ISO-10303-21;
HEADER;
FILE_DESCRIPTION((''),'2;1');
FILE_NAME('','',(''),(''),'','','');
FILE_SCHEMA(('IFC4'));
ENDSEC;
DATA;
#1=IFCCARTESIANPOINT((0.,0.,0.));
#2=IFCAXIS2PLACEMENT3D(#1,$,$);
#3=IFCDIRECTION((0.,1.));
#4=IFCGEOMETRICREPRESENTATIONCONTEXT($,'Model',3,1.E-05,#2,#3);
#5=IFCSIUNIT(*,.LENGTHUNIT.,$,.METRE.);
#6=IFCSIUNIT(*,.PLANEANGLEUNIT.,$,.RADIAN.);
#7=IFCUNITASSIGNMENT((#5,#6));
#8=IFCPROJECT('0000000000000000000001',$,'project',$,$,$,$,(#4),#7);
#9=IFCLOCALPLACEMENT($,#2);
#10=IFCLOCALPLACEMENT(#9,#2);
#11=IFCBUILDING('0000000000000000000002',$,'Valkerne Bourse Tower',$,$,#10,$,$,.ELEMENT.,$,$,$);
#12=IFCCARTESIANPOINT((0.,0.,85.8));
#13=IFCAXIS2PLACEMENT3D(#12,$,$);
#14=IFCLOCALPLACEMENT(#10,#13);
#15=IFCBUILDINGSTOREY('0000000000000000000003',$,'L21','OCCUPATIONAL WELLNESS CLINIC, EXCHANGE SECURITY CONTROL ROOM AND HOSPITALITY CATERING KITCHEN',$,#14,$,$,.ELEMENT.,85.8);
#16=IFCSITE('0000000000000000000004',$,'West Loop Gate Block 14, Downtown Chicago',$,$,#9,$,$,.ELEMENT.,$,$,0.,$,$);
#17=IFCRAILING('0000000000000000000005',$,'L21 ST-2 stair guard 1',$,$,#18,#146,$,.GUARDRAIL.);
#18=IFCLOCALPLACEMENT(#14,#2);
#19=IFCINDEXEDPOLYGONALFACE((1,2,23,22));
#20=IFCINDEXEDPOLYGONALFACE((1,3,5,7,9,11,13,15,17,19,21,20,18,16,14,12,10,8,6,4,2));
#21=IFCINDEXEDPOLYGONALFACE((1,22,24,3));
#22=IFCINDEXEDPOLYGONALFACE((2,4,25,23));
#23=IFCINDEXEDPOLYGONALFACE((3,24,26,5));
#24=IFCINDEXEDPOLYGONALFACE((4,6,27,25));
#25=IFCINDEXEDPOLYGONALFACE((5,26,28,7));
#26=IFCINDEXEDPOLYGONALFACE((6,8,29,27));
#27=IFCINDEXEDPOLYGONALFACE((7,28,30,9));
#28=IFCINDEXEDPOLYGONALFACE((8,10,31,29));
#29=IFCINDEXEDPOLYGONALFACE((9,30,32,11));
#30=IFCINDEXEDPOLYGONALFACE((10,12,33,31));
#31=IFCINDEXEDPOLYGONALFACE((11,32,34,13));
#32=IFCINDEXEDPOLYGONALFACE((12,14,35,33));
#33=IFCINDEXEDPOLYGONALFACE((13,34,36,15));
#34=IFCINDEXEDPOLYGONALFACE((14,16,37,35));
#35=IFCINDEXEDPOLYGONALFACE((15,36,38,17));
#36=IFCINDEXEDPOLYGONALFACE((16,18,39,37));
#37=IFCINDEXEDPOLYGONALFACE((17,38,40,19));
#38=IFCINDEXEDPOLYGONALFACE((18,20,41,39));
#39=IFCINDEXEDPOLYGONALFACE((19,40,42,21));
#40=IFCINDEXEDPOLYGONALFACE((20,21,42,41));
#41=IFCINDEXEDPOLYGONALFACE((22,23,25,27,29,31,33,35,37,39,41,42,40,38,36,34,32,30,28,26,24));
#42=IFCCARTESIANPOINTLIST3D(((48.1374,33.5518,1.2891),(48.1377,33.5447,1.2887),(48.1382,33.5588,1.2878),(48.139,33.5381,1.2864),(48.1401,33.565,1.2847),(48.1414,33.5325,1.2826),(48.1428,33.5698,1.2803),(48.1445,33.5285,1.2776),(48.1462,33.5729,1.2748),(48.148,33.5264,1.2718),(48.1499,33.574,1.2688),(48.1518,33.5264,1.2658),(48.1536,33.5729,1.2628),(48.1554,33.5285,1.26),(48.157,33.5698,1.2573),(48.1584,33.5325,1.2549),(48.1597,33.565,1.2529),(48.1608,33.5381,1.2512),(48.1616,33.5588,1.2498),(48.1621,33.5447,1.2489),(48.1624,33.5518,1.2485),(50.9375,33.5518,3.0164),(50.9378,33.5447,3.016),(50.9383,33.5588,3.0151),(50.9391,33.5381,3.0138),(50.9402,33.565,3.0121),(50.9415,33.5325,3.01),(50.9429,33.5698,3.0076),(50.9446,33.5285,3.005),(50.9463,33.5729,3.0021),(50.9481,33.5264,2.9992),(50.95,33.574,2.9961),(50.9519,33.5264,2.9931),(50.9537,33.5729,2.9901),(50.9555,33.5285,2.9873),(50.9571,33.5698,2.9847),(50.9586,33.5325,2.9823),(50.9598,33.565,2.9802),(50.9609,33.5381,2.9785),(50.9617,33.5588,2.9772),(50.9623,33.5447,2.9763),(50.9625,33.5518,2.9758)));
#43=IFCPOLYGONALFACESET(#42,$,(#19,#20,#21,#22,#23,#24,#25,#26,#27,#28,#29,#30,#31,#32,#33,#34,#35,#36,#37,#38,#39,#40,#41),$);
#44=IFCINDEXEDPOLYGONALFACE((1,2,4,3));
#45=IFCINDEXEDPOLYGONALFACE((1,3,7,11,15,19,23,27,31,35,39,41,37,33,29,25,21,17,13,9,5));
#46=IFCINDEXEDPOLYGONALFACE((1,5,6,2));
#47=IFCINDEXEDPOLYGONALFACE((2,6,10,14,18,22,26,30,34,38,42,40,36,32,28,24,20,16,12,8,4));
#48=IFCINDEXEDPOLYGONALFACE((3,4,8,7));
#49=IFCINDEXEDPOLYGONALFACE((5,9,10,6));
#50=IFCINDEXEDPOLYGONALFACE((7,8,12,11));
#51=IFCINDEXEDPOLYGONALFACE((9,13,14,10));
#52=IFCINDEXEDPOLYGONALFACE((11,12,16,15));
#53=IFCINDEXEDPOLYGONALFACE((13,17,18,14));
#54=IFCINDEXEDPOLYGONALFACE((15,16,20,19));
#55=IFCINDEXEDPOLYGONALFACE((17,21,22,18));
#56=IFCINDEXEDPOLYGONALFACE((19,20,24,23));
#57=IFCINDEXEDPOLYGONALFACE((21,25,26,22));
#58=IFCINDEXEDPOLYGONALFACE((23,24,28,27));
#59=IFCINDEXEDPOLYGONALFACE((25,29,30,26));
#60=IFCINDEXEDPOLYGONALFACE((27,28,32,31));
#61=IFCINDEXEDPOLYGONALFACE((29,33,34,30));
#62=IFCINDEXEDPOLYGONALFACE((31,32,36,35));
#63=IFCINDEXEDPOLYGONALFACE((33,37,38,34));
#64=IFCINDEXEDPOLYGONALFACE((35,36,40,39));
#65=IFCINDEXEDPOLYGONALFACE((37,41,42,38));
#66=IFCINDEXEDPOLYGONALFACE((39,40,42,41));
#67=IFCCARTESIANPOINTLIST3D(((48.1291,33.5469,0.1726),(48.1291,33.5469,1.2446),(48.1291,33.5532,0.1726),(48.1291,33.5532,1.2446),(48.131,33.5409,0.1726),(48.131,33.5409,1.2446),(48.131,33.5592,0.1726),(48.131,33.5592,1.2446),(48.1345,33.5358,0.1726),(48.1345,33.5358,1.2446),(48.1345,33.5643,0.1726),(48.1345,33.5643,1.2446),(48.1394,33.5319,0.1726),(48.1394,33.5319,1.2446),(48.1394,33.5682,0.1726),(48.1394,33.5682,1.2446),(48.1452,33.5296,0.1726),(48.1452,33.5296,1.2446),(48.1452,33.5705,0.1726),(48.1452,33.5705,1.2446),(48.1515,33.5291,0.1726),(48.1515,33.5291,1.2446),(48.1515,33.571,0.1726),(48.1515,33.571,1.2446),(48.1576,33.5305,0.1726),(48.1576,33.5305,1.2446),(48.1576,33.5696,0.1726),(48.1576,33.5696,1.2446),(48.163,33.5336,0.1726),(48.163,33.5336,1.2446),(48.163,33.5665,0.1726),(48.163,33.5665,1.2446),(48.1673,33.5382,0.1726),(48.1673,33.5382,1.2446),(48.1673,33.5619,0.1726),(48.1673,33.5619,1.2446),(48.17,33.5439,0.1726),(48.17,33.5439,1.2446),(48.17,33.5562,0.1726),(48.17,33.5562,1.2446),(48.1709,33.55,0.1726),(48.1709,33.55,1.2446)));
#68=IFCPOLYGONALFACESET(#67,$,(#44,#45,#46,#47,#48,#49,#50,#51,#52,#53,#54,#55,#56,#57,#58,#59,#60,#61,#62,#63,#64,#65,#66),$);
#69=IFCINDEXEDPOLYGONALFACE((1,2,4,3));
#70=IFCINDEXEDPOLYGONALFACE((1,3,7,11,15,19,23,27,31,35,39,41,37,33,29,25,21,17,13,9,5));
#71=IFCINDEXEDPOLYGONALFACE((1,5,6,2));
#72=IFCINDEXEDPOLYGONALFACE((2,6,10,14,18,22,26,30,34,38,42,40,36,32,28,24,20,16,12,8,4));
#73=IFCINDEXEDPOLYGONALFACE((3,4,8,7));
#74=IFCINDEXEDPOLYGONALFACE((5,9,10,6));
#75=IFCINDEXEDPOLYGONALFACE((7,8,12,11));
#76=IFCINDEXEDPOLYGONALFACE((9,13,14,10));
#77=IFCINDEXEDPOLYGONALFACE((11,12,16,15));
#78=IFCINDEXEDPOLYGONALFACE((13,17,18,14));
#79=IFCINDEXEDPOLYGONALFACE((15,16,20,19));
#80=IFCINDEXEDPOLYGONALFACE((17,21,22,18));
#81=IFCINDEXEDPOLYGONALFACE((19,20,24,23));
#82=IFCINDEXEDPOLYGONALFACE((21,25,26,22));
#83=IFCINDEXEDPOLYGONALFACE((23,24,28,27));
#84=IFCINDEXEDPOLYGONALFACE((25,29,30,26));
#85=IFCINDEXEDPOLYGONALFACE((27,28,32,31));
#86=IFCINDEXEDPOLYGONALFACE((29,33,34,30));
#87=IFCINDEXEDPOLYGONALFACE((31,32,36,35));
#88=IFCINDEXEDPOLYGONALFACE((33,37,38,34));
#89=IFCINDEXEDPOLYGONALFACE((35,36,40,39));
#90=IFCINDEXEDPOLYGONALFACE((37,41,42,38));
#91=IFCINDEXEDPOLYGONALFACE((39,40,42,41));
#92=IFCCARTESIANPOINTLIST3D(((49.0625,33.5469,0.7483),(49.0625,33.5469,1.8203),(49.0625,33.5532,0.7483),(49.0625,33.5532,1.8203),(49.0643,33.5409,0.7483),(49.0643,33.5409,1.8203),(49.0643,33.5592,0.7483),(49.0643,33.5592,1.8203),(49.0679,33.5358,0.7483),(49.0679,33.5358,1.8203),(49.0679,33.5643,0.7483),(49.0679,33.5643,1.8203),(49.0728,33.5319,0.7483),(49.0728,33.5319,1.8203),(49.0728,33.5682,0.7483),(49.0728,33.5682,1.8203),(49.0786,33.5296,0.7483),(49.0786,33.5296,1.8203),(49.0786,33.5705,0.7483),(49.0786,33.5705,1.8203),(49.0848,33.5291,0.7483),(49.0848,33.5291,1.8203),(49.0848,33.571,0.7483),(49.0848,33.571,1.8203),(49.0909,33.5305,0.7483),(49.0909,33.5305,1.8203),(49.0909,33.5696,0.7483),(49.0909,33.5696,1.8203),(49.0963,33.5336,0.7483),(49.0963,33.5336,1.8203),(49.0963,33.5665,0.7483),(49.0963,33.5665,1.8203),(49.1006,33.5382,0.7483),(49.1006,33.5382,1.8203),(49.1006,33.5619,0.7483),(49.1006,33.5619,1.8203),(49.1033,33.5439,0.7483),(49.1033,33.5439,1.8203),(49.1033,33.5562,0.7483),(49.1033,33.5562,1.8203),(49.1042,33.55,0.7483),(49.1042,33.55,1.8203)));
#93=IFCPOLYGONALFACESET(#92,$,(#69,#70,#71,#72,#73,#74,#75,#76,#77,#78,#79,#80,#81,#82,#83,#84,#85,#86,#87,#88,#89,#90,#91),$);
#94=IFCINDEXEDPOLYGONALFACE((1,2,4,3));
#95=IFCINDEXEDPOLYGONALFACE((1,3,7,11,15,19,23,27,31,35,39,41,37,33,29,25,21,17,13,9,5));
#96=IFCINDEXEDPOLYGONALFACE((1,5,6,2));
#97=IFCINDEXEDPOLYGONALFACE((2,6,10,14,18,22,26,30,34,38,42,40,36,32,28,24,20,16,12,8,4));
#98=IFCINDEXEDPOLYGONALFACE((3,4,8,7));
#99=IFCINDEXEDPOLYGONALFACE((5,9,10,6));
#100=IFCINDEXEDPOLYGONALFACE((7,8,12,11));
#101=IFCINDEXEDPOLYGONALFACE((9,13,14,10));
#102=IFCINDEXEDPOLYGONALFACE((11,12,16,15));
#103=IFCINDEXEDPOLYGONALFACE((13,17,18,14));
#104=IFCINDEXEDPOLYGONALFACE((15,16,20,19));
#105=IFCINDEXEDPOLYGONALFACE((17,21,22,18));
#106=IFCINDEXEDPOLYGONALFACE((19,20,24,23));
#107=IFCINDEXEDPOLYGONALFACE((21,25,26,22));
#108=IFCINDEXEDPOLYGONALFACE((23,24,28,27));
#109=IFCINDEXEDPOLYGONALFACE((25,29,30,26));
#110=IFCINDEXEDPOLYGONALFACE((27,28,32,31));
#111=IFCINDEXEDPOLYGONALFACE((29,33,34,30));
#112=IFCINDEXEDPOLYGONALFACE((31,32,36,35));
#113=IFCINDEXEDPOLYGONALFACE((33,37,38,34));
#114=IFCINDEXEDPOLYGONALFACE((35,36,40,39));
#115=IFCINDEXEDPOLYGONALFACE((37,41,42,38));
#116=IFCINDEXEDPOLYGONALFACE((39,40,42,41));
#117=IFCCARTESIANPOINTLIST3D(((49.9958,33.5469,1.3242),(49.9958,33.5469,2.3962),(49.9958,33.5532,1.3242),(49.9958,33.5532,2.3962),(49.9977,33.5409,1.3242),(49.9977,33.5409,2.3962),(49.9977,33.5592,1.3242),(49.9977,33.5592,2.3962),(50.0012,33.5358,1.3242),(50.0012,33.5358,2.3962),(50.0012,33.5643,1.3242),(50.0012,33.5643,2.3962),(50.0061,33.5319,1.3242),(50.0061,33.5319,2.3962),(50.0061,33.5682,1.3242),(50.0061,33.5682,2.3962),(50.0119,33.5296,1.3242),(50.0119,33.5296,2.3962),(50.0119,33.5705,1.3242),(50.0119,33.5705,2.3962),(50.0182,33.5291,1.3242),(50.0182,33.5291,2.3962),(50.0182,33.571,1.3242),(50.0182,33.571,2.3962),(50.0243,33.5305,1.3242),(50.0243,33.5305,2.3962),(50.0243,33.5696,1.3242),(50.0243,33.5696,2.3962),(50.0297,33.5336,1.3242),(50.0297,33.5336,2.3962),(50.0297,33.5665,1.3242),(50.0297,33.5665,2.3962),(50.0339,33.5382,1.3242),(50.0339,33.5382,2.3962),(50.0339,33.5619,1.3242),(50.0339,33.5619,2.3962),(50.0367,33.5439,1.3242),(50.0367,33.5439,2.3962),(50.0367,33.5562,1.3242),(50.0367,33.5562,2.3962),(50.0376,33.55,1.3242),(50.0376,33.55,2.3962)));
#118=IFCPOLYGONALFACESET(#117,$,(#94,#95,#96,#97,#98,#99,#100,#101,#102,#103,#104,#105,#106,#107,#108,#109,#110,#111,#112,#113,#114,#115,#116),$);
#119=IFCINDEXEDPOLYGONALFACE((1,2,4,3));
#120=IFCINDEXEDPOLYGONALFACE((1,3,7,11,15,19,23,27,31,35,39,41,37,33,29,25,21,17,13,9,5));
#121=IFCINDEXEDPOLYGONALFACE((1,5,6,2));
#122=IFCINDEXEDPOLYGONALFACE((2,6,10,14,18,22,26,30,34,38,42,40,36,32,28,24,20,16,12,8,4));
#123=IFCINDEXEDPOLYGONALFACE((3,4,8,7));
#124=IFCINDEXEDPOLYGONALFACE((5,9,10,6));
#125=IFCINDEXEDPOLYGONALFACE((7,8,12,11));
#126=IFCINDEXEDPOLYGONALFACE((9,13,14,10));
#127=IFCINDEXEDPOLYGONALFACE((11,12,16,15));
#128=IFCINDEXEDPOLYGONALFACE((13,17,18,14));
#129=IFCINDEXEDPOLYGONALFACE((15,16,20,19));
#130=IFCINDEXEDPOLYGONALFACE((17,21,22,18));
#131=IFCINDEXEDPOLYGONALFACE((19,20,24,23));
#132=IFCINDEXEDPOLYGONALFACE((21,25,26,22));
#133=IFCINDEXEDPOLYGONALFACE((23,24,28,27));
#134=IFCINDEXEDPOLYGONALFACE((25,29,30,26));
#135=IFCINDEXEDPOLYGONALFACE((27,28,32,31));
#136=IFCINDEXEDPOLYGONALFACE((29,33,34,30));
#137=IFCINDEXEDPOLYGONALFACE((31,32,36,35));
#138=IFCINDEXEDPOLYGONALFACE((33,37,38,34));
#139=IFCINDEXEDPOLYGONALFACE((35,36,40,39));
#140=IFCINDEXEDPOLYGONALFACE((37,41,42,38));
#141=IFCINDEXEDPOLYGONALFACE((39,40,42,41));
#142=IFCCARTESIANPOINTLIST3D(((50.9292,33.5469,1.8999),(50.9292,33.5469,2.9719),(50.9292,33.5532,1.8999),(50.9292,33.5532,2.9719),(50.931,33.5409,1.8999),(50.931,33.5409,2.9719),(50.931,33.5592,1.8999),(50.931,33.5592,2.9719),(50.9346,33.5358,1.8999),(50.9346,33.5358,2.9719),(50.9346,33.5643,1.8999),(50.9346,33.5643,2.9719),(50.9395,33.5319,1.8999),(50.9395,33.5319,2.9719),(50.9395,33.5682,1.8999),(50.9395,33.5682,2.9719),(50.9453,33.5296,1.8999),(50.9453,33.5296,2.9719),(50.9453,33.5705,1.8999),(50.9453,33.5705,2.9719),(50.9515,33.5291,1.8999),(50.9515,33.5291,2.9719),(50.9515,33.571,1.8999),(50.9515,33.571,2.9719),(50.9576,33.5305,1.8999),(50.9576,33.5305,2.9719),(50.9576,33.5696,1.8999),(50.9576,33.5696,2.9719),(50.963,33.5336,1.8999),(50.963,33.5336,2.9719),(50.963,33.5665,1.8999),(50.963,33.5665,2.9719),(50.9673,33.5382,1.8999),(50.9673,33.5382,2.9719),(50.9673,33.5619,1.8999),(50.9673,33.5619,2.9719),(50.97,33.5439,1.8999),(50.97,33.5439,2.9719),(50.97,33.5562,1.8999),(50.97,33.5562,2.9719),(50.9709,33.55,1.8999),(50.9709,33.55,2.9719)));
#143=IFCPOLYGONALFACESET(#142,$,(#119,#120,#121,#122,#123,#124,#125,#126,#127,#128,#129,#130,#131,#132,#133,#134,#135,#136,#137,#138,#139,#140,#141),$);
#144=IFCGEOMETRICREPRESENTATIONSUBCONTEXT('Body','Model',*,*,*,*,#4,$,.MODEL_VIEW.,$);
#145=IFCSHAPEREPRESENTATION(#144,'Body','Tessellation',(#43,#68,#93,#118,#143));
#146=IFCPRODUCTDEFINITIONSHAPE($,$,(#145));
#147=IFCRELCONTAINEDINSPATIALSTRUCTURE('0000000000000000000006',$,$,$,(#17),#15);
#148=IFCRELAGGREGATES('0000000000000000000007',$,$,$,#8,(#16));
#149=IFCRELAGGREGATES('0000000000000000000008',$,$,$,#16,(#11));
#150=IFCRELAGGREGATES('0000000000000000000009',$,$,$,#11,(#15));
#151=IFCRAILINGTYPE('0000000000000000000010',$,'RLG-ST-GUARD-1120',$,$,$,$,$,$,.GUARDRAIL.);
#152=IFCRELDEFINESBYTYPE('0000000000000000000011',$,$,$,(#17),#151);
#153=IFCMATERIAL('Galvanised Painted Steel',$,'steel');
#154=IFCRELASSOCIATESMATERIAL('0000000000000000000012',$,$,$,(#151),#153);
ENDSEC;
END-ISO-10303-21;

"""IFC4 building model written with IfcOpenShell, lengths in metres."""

from ifc_helpers import new_model, si_unit, direction, frame, origin, origin_2d, place, context, subcontext, project, spatial, circle, extrude, material, type_object, element, save


model = new_model("IFC4")

# Units and contexts
model_context = context("Model", 3, precision=1e-05, world=origin(), true_north=direction((0.0, 1.0)))
body_context = subcontext(model_context, "Body", "Model", "MODEL_VIEW")
ifc_project = project(units=[si_unit("LENGTHUNIT", "METRE"), si_unit("PLANEANGLEUNIT", "RADIAN")], contexts=[model_context])

# Site, building, storey
site_placement = place(None, origin())
site = spatial("IfcSite", under=ifc_project, at=site_placement, Name="West Loop Gate Block 14, Downtown Chicago", CompositionType="ELEMENT", RefElevation=0.0)
building_placement = place(site_placement, origin())
building = spatial("IfcBuilding", under=site, at=building_placement, Name="Valkerne Bourse Tower", CompositionType="ELEMENT")
storey_placement = place(building_placement, frame((0.0, 0.0, 85.8)))
storey = spatial("IfcBuildingStorey", under=building, at=storey_placement, Name="L21", Description="OCCUPATIONAL WELLNESS CLINIC, EXCHANGE SECURITY CONTROL ROOM AND HOSPITALITY CATERING KITCHEN", CompositionType="ELEMENT", Elevation=85.8)

# Shared definitions
ifc_material_1 = material(Name="Galvanised Painted Steel", Category="steel")

# Railing
railing_type_1 = type_object("IfcRailingType", Name="RLG-ST-GUARD-1120", PredefinedType="GUARDRAIL", material=ifc_material_1)
railing_1_placement = place(storey_placement, frame((48.1499, 33.55, 0.1726)))
element("IfcRailing", 1, at=railing_1_placement, inside=storey, type_object=railing_type_1, Name="L21 ST-2 stair guard 1", PredefinedType="GUARDRAIL", context=body_context, shape_type="SweptSolid", body=[
    extrude(circle(Radius=0.0239, at=origin_2d()), frame((0.0, 0.0, 1.0962), z_axis=(0.85109, 0.0, 0.52502), x_axis=(0.0, 1.0, 0.0)), (0.0, 0.0, 1.0), 3.29),
    extrude(circle(Radius=0.021, at=origin_2d()), origin(), (0.0, 0.0, 1.0), 1.072),
    extrude(circle(Radius=0.021, at=origin_2d()), frame((0.9333, 0.0, 0.5757)), (0.0, 0.0, 1.0), 1.072),
    extrude(circle(Radius=0.021, at=origin_2d()), frame((1.8667, 0.0, 1.1516)), (0.0, 0.0, 1.0), 1.072),
    extrude(circle(Radius=0.021, at=origin_2d()), frame((2.8, 0.0, 1.7273)), (0.0, 0.0, 1.0), 1.072),
])

save(model, "model.ifc")
